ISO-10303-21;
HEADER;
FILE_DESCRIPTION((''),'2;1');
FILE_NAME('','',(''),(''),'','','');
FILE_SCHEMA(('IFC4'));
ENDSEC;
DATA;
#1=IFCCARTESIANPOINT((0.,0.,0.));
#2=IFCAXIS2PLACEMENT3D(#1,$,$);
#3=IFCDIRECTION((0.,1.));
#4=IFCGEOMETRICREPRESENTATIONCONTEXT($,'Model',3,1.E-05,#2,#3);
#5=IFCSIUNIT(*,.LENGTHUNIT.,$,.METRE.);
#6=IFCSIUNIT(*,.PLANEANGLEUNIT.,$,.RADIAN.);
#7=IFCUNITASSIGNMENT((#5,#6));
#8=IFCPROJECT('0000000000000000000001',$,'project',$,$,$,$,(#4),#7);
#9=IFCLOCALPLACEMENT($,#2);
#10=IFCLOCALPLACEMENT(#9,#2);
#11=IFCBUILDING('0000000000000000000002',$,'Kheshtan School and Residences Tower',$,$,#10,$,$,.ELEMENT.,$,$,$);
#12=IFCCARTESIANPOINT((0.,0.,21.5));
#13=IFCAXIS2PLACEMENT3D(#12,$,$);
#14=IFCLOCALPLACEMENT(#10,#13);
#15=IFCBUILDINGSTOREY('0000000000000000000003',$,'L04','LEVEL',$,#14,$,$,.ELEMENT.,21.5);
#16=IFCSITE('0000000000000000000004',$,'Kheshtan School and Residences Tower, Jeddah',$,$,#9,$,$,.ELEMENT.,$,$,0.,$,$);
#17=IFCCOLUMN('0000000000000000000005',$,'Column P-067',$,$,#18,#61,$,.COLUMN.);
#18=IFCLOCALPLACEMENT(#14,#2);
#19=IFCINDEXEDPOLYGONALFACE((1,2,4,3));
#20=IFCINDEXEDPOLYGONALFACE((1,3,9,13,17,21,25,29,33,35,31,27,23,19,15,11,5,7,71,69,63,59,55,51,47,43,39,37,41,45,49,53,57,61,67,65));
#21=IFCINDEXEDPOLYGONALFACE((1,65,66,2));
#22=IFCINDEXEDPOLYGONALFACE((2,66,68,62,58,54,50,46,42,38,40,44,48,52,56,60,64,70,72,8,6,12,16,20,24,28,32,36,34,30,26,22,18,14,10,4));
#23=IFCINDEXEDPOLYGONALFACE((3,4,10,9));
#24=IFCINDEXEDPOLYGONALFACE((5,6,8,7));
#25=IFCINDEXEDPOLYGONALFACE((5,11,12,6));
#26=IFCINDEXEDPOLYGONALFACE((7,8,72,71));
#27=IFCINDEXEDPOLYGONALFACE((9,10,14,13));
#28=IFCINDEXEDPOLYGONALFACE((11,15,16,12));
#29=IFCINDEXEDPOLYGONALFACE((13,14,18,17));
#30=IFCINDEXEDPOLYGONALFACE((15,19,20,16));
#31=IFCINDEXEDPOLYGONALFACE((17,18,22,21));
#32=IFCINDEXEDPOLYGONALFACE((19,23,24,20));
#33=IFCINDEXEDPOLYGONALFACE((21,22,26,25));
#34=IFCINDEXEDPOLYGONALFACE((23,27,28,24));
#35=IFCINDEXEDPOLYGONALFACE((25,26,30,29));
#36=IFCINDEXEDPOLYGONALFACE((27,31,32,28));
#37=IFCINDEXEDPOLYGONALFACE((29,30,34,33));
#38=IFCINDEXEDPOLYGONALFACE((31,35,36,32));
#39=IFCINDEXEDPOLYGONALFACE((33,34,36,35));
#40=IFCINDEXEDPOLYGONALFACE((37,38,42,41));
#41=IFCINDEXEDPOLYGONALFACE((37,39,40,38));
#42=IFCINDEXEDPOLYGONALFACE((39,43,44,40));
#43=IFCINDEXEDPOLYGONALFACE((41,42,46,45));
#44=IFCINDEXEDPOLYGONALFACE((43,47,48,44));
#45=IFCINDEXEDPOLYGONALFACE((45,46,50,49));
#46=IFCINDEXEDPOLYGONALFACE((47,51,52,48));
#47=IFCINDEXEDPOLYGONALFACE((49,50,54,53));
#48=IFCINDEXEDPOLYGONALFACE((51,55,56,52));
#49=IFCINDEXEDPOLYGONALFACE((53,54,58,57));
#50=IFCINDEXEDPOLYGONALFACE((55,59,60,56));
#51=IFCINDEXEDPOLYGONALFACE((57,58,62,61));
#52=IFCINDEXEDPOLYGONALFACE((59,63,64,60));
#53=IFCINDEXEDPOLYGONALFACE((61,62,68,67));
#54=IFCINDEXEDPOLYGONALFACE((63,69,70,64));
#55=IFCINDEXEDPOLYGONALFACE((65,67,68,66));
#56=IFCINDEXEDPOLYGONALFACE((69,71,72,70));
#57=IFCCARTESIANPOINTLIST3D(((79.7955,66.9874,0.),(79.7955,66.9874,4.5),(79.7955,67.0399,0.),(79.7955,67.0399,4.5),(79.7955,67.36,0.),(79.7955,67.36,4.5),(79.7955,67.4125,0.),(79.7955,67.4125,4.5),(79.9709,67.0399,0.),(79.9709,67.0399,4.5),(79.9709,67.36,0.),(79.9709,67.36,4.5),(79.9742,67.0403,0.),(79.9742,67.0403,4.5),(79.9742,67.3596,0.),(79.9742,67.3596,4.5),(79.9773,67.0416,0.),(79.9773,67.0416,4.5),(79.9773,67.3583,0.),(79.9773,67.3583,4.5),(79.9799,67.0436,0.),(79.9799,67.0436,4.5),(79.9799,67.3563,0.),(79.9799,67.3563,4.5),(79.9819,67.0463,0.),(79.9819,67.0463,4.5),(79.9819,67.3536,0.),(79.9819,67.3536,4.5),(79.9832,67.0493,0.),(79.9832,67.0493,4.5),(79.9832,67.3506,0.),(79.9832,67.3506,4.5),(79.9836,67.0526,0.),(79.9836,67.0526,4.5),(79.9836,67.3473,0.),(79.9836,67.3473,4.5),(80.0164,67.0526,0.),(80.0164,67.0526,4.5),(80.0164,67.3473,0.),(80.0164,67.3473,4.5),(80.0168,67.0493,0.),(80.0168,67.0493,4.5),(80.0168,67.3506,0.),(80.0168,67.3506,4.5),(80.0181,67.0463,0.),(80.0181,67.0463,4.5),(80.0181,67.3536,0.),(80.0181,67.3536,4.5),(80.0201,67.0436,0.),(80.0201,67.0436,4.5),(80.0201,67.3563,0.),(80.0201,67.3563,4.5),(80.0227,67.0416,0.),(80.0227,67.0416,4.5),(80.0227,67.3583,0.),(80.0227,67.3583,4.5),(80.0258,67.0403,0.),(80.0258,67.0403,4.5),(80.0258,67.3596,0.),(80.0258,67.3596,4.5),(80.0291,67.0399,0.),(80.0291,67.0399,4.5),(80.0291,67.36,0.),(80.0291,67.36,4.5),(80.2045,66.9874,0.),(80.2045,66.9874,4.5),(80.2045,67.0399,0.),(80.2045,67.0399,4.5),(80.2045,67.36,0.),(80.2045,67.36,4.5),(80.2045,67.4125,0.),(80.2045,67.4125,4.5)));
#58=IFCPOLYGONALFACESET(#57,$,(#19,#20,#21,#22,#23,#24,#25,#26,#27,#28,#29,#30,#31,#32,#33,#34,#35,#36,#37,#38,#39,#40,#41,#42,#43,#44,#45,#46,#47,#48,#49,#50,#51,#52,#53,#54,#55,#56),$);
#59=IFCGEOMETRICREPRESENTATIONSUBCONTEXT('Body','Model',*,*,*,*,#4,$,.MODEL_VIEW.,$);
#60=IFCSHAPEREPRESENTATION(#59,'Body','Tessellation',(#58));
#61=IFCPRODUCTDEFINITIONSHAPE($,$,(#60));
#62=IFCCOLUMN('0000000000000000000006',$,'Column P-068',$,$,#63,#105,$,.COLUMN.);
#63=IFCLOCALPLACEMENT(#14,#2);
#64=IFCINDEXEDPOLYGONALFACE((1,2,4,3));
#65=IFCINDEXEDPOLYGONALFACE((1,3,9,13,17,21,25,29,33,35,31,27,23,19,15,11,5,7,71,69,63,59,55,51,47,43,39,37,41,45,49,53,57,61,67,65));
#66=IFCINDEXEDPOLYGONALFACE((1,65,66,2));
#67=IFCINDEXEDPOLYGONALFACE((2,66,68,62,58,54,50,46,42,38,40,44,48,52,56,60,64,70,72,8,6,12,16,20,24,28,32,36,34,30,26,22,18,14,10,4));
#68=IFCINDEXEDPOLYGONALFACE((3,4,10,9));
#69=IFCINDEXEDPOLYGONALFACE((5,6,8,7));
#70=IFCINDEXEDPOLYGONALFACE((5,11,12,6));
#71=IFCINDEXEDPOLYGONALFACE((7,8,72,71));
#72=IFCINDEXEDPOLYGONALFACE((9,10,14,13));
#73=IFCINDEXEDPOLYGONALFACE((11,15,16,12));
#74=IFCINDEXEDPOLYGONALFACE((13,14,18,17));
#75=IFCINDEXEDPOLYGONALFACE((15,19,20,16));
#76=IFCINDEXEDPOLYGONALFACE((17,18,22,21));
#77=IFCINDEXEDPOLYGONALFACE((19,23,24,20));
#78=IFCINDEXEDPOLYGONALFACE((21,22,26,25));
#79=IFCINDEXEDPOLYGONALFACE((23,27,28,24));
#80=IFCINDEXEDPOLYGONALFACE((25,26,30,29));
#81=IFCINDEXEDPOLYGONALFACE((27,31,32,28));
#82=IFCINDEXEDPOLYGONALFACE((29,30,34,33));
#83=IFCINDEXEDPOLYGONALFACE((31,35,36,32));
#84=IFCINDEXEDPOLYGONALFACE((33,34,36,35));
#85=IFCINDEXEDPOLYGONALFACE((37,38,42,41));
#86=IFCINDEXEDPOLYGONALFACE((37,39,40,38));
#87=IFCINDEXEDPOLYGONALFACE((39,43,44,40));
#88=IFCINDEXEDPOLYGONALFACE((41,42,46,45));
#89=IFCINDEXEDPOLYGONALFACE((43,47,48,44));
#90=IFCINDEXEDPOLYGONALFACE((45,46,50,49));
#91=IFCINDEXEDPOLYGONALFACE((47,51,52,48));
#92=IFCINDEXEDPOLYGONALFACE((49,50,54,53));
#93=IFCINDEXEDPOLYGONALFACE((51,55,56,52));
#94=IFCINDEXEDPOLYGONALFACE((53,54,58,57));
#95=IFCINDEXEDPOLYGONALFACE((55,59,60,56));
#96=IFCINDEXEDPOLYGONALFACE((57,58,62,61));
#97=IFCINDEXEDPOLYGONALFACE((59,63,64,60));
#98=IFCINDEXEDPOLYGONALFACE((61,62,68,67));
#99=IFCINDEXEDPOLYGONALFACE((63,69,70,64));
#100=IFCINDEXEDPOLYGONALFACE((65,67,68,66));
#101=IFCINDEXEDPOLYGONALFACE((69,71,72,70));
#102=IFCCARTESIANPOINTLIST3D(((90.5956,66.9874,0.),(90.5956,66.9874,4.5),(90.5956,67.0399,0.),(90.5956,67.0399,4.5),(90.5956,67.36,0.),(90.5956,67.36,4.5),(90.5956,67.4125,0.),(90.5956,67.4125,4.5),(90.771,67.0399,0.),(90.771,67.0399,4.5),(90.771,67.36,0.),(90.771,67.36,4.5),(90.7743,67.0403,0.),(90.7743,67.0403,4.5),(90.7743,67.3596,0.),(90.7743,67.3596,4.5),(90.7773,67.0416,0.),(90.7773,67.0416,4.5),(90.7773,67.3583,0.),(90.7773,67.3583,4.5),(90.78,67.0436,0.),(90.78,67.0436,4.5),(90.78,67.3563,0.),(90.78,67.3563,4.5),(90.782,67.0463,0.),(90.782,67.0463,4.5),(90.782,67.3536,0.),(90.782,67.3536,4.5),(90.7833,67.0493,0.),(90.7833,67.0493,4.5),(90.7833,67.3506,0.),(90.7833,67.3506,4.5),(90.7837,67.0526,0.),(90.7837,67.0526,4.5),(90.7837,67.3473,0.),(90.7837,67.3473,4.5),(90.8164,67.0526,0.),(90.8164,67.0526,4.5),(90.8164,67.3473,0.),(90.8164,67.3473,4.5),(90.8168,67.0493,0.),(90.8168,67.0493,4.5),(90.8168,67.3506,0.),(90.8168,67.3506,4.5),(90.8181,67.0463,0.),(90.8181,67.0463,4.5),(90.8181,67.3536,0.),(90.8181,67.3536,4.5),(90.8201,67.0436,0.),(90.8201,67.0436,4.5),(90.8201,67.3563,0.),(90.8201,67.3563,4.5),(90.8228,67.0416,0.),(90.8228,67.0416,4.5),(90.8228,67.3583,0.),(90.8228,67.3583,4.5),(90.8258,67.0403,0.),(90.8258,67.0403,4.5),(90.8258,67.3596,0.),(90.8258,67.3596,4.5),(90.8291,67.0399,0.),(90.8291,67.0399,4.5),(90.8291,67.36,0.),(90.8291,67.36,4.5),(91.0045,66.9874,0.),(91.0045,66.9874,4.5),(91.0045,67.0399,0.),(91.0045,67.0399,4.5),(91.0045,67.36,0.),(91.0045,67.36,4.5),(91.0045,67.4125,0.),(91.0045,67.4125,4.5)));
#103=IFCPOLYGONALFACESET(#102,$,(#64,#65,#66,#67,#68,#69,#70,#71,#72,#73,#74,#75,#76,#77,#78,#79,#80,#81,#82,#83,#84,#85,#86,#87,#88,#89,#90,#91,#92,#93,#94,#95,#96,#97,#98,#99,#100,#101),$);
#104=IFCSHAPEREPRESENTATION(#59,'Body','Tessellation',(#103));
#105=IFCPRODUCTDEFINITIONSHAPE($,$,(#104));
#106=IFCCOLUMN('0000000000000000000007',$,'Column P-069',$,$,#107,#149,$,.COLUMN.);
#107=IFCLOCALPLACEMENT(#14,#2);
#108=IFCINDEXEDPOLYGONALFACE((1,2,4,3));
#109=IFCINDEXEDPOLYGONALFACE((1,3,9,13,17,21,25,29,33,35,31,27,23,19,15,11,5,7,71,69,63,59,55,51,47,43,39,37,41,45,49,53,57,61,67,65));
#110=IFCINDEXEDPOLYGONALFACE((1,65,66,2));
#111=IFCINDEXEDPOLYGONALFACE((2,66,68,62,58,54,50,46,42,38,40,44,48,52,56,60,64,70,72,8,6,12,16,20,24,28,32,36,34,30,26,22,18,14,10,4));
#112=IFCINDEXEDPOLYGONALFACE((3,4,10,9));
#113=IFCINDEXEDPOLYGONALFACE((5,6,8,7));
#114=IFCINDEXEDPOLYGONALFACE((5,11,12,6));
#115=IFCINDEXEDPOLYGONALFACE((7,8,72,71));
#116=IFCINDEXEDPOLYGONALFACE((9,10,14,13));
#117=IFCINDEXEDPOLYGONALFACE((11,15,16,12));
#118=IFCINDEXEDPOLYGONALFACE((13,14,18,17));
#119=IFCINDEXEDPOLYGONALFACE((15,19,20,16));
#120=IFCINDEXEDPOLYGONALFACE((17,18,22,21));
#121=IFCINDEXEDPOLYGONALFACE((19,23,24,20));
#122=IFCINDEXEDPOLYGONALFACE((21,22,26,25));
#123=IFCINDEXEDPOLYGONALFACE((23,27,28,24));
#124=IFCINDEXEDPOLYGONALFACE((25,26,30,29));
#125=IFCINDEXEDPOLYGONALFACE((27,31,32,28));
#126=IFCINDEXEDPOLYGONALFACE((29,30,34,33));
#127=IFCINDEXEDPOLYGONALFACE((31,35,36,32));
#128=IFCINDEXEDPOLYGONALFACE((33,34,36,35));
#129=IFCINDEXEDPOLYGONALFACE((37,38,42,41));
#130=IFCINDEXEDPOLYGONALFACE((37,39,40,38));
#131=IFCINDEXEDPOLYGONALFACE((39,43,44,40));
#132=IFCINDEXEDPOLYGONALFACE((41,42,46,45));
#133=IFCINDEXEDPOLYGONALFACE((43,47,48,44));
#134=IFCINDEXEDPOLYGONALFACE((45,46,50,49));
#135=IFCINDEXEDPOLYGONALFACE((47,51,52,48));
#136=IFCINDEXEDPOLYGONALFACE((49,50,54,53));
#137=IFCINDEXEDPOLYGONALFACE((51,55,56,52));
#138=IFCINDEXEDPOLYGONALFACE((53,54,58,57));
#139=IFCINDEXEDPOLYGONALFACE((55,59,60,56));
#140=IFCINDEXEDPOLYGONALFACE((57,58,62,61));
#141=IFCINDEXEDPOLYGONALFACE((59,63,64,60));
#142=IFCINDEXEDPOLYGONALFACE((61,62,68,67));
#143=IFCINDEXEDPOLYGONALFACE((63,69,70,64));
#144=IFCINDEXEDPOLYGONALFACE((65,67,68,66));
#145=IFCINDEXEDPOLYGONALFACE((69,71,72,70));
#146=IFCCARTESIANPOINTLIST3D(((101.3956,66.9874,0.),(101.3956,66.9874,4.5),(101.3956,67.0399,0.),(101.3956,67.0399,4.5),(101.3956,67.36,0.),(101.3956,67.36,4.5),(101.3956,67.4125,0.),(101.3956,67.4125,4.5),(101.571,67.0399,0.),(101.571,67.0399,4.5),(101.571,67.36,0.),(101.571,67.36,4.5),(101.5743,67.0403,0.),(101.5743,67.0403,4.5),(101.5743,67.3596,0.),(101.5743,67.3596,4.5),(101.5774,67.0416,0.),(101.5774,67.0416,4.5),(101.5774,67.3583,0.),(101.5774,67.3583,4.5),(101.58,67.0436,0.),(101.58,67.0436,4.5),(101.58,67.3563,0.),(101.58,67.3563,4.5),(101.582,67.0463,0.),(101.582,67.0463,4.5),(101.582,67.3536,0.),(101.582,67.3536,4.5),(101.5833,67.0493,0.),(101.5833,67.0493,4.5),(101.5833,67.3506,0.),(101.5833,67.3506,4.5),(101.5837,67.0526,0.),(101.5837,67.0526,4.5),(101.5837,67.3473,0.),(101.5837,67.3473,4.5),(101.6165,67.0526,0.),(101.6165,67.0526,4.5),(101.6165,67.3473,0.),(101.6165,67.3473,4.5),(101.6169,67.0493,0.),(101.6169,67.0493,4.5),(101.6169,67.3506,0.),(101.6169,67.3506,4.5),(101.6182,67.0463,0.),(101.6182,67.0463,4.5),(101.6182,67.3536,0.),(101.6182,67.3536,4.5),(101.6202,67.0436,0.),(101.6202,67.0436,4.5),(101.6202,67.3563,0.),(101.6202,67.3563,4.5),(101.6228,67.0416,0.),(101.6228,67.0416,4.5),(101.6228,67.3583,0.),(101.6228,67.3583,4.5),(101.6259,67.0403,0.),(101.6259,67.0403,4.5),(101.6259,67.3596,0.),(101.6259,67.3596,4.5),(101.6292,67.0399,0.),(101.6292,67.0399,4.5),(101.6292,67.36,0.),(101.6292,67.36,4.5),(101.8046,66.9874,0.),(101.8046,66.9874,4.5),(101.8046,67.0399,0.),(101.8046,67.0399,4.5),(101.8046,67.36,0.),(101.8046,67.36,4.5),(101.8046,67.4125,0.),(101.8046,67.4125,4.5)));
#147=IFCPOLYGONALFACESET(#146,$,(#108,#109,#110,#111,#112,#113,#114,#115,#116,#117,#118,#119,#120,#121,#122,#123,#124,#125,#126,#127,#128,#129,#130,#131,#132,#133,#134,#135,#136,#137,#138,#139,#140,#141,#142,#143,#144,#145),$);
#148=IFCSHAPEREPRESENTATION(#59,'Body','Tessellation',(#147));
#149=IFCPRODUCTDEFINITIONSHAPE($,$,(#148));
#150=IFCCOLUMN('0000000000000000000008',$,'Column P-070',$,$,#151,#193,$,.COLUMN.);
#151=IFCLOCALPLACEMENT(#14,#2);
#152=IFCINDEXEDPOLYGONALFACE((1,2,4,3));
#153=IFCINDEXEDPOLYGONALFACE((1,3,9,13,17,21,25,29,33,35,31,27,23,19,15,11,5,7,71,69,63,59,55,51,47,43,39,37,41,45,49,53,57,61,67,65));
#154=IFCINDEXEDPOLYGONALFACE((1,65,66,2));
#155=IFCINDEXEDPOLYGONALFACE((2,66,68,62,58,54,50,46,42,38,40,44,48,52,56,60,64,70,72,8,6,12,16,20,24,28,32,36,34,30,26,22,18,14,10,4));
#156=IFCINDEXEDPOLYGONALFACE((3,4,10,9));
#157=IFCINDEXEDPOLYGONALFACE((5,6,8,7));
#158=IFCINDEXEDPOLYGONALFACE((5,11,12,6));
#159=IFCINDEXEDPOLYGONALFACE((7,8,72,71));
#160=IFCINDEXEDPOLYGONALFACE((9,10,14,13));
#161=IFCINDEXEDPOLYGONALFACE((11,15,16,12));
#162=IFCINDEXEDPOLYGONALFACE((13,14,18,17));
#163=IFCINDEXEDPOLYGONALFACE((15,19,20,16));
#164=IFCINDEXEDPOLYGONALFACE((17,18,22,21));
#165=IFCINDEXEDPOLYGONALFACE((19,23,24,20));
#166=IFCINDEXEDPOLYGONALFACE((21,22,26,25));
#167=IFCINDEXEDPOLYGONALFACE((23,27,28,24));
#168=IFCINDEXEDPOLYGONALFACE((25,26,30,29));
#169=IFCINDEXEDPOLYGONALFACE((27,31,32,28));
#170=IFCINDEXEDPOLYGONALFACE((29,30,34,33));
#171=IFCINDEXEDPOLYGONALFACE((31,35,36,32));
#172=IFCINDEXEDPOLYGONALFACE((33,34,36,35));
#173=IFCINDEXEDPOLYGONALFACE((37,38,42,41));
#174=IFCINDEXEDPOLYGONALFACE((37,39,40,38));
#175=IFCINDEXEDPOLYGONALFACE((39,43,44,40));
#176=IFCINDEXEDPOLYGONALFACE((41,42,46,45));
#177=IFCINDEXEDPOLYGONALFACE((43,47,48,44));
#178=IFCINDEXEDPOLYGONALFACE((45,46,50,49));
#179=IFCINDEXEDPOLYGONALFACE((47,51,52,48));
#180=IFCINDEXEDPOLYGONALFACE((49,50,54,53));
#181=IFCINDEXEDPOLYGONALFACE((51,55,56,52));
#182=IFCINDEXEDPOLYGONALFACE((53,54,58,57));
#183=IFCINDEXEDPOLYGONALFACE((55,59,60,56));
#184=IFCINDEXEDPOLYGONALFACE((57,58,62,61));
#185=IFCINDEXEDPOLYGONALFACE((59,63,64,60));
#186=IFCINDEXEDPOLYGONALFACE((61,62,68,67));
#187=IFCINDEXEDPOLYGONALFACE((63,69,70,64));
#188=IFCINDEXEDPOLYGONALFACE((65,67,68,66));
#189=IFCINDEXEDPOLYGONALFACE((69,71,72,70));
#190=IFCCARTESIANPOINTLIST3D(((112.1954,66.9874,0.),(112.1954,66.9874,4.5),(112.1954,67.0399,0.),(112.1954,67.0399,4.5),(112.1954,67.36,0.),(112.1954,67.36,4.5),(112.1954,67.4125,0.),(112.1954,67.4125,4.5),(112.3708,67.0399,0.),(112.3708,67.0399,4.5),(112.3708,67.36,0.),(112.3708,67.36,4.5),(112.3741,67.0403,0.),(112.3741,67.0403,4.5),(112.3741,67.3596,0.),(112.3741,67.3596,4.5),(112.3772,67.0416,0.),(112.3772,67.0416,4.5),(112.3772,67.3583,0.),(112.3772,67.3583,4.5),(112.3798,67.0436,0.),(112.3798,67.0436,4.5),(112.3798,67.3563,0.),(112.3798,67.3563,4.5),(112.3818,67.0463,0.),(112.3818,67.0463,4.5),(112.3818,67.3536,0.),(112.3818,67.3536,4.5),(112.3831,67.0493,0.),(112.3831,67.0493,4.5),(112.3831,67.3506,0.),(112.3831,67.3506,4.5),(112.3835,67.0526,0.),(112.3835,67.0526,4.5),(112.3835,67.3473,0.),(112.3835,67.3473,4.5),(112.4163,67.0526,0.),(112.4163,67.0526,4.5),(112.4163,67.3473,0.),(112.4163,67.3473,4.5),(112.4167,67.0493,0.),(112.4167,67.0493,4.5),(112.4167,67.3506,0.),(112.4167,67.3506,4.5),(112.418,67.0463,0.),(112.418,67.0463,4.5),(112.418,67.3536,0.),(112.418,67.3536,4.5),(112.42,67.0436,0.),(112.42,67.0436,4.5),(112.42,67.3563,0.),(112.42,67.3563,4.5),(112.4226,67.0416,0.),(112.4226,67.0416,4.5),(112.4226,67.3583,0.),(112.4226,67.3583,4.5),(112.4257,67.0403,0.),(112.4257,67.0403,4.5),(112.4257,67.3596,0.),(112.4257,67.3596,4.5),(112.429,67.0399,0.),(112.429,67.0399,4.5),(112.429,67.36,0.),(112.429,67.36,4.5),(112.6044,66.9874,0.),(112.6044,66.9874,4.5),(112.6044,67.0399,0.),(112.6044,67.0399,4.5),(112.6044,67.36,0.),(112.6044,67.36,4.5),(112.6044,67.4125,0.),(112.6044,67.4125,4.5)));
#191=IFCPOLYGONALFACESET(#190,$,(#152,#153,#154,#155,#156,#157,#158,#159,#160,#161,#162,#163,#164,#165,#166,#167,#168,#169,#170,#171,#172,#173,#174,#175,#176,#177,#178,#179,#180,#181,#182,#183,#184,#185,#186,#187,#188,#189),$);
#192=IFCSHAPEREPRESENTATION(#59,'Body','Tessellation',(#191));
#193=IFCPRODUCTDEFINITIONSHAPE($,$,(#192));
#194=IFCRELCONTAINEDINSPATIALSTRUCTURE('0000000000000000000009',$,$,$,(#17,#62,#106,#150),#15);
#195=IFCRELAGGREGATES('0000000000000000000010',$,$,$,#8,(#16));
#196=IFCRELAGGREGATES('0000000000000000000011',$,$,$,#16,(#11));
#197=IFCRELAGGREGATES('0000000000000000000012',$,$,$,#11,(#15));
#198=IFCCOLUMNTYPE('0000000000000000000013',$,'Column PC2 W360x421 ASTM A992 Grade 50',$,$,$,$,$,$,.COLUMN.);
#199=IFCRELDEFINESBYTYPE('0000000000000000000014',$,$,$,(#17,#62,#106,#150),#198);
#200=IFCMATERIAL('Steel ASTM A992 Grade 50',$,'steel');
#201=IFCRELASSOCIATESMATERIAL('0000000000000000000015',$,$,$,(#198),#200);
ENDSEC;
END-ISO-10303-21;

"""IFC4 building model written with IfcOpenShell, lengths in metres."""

from ifc_helpers import new_model, si_unit, direction, frame, origin, origin_2d, place, context, subcontext, project, spatial, i_section, extrude, material, material_profile, profile_set, type_object, element, save


model = new_model("IFC4")

# Units and contexts
model_context = context("Model", 3, precision=1e-05, world=origin(), true_north=direction((0.0, 1.0)))
body_context = subcontext(model_context, "Body", "Model", "MODEL_VIEW")
ifc_project = project(units=[si_unit("LENGTHUNIT", "METRE"), si_unit("PLANEANGLEUNIT", "RADIAN")], contexts=[model_context])

# Site, building, storey
site_placement = place(None, origin())
site = spatial("IfcSite", under=ifc_project, at=site_placement, Name="Kheshtan School and Residences Tower, Jeddah", CompositionType="ELEMENT", RefElevation=0.0)
building_placement = place(site_placement, origin())
building = spatial("IfcBuilding", under=site, at=building_placement, Name="Kheshtan School and Residences Tower", CompositionType="ELEMENT")
storey_placement = place(building_placement, frame((0.0, 0.0, 21.5)))
storey = spatial("IfcBuildingStorey", under=building, at=storey_placement, Name="L04", Description="LEVEL", CompositionType="ELEMENT", Elevation=21.5)

# Columns
ifc_material_1 = material(Name="Steel ASTM A992 Grade 50", Category="steel")
ifc_material_profile_1 = material_profile(ifc_material_1, i_section(OverallWidth=0.4089, OverallDepth=0.425, WebThickness=0.0327, FlangeThickness=0.0525, FilletRadius=0.0127, at=origin_2d()), Name="W360x421")
ifc_profile_set_1 = profile_set([ifc_material_profile_1], Name="Steel ASTM A992 Grade 50")
column_type = type_object("IfcColumnType", Name="Column PC2 W360x421 ASTM A992 Grade 50", PredefinedType="COLUMN", material=ifc_profile_set_1)
for number, where, z_axis, x_axis, name in (
    (1, (80.0, 67.2, 0.0), (0.0, 0.0, 1.0), (1.0, 0.0, 0.0), "Column P-067"),
    (2, (90.8, 67.2, 0.0), (0.0, 0.0, 1.0), (1.0, 0.0, 0.0), "Column P-068"),
    (3, (101.6001, 67.2, 0.0), (0.0, 0.0, 1.0), (1.0, 0.0, 0.0), "Column P-069"),
    (4, (112.3999, 67.2, 0.0), (0.0, 0.0, 1.0), (1.0, 0.0, 0.0), "Column P-070"),
):
    element("IfcColumn", number, at=place(storey_placement, frame(where, z_axis=z_axis, x_axis=x_axis)), inside=storey, type_object=column_type, Name=name, PredefinedType="COLUMN", context=body_context, shape_type="SweptSolid", body=[
        extrude(i_section(OverallWidth=0.4089, OverallDepth=0.425, WebThickness=0.0327, FlangeThickness=0.0525, FilletRadius=0.0127, at=origin_2d()), origin(), (0.0, 0.0, 1.0), 4.5),
    ])

save(model, "model.ifc")
